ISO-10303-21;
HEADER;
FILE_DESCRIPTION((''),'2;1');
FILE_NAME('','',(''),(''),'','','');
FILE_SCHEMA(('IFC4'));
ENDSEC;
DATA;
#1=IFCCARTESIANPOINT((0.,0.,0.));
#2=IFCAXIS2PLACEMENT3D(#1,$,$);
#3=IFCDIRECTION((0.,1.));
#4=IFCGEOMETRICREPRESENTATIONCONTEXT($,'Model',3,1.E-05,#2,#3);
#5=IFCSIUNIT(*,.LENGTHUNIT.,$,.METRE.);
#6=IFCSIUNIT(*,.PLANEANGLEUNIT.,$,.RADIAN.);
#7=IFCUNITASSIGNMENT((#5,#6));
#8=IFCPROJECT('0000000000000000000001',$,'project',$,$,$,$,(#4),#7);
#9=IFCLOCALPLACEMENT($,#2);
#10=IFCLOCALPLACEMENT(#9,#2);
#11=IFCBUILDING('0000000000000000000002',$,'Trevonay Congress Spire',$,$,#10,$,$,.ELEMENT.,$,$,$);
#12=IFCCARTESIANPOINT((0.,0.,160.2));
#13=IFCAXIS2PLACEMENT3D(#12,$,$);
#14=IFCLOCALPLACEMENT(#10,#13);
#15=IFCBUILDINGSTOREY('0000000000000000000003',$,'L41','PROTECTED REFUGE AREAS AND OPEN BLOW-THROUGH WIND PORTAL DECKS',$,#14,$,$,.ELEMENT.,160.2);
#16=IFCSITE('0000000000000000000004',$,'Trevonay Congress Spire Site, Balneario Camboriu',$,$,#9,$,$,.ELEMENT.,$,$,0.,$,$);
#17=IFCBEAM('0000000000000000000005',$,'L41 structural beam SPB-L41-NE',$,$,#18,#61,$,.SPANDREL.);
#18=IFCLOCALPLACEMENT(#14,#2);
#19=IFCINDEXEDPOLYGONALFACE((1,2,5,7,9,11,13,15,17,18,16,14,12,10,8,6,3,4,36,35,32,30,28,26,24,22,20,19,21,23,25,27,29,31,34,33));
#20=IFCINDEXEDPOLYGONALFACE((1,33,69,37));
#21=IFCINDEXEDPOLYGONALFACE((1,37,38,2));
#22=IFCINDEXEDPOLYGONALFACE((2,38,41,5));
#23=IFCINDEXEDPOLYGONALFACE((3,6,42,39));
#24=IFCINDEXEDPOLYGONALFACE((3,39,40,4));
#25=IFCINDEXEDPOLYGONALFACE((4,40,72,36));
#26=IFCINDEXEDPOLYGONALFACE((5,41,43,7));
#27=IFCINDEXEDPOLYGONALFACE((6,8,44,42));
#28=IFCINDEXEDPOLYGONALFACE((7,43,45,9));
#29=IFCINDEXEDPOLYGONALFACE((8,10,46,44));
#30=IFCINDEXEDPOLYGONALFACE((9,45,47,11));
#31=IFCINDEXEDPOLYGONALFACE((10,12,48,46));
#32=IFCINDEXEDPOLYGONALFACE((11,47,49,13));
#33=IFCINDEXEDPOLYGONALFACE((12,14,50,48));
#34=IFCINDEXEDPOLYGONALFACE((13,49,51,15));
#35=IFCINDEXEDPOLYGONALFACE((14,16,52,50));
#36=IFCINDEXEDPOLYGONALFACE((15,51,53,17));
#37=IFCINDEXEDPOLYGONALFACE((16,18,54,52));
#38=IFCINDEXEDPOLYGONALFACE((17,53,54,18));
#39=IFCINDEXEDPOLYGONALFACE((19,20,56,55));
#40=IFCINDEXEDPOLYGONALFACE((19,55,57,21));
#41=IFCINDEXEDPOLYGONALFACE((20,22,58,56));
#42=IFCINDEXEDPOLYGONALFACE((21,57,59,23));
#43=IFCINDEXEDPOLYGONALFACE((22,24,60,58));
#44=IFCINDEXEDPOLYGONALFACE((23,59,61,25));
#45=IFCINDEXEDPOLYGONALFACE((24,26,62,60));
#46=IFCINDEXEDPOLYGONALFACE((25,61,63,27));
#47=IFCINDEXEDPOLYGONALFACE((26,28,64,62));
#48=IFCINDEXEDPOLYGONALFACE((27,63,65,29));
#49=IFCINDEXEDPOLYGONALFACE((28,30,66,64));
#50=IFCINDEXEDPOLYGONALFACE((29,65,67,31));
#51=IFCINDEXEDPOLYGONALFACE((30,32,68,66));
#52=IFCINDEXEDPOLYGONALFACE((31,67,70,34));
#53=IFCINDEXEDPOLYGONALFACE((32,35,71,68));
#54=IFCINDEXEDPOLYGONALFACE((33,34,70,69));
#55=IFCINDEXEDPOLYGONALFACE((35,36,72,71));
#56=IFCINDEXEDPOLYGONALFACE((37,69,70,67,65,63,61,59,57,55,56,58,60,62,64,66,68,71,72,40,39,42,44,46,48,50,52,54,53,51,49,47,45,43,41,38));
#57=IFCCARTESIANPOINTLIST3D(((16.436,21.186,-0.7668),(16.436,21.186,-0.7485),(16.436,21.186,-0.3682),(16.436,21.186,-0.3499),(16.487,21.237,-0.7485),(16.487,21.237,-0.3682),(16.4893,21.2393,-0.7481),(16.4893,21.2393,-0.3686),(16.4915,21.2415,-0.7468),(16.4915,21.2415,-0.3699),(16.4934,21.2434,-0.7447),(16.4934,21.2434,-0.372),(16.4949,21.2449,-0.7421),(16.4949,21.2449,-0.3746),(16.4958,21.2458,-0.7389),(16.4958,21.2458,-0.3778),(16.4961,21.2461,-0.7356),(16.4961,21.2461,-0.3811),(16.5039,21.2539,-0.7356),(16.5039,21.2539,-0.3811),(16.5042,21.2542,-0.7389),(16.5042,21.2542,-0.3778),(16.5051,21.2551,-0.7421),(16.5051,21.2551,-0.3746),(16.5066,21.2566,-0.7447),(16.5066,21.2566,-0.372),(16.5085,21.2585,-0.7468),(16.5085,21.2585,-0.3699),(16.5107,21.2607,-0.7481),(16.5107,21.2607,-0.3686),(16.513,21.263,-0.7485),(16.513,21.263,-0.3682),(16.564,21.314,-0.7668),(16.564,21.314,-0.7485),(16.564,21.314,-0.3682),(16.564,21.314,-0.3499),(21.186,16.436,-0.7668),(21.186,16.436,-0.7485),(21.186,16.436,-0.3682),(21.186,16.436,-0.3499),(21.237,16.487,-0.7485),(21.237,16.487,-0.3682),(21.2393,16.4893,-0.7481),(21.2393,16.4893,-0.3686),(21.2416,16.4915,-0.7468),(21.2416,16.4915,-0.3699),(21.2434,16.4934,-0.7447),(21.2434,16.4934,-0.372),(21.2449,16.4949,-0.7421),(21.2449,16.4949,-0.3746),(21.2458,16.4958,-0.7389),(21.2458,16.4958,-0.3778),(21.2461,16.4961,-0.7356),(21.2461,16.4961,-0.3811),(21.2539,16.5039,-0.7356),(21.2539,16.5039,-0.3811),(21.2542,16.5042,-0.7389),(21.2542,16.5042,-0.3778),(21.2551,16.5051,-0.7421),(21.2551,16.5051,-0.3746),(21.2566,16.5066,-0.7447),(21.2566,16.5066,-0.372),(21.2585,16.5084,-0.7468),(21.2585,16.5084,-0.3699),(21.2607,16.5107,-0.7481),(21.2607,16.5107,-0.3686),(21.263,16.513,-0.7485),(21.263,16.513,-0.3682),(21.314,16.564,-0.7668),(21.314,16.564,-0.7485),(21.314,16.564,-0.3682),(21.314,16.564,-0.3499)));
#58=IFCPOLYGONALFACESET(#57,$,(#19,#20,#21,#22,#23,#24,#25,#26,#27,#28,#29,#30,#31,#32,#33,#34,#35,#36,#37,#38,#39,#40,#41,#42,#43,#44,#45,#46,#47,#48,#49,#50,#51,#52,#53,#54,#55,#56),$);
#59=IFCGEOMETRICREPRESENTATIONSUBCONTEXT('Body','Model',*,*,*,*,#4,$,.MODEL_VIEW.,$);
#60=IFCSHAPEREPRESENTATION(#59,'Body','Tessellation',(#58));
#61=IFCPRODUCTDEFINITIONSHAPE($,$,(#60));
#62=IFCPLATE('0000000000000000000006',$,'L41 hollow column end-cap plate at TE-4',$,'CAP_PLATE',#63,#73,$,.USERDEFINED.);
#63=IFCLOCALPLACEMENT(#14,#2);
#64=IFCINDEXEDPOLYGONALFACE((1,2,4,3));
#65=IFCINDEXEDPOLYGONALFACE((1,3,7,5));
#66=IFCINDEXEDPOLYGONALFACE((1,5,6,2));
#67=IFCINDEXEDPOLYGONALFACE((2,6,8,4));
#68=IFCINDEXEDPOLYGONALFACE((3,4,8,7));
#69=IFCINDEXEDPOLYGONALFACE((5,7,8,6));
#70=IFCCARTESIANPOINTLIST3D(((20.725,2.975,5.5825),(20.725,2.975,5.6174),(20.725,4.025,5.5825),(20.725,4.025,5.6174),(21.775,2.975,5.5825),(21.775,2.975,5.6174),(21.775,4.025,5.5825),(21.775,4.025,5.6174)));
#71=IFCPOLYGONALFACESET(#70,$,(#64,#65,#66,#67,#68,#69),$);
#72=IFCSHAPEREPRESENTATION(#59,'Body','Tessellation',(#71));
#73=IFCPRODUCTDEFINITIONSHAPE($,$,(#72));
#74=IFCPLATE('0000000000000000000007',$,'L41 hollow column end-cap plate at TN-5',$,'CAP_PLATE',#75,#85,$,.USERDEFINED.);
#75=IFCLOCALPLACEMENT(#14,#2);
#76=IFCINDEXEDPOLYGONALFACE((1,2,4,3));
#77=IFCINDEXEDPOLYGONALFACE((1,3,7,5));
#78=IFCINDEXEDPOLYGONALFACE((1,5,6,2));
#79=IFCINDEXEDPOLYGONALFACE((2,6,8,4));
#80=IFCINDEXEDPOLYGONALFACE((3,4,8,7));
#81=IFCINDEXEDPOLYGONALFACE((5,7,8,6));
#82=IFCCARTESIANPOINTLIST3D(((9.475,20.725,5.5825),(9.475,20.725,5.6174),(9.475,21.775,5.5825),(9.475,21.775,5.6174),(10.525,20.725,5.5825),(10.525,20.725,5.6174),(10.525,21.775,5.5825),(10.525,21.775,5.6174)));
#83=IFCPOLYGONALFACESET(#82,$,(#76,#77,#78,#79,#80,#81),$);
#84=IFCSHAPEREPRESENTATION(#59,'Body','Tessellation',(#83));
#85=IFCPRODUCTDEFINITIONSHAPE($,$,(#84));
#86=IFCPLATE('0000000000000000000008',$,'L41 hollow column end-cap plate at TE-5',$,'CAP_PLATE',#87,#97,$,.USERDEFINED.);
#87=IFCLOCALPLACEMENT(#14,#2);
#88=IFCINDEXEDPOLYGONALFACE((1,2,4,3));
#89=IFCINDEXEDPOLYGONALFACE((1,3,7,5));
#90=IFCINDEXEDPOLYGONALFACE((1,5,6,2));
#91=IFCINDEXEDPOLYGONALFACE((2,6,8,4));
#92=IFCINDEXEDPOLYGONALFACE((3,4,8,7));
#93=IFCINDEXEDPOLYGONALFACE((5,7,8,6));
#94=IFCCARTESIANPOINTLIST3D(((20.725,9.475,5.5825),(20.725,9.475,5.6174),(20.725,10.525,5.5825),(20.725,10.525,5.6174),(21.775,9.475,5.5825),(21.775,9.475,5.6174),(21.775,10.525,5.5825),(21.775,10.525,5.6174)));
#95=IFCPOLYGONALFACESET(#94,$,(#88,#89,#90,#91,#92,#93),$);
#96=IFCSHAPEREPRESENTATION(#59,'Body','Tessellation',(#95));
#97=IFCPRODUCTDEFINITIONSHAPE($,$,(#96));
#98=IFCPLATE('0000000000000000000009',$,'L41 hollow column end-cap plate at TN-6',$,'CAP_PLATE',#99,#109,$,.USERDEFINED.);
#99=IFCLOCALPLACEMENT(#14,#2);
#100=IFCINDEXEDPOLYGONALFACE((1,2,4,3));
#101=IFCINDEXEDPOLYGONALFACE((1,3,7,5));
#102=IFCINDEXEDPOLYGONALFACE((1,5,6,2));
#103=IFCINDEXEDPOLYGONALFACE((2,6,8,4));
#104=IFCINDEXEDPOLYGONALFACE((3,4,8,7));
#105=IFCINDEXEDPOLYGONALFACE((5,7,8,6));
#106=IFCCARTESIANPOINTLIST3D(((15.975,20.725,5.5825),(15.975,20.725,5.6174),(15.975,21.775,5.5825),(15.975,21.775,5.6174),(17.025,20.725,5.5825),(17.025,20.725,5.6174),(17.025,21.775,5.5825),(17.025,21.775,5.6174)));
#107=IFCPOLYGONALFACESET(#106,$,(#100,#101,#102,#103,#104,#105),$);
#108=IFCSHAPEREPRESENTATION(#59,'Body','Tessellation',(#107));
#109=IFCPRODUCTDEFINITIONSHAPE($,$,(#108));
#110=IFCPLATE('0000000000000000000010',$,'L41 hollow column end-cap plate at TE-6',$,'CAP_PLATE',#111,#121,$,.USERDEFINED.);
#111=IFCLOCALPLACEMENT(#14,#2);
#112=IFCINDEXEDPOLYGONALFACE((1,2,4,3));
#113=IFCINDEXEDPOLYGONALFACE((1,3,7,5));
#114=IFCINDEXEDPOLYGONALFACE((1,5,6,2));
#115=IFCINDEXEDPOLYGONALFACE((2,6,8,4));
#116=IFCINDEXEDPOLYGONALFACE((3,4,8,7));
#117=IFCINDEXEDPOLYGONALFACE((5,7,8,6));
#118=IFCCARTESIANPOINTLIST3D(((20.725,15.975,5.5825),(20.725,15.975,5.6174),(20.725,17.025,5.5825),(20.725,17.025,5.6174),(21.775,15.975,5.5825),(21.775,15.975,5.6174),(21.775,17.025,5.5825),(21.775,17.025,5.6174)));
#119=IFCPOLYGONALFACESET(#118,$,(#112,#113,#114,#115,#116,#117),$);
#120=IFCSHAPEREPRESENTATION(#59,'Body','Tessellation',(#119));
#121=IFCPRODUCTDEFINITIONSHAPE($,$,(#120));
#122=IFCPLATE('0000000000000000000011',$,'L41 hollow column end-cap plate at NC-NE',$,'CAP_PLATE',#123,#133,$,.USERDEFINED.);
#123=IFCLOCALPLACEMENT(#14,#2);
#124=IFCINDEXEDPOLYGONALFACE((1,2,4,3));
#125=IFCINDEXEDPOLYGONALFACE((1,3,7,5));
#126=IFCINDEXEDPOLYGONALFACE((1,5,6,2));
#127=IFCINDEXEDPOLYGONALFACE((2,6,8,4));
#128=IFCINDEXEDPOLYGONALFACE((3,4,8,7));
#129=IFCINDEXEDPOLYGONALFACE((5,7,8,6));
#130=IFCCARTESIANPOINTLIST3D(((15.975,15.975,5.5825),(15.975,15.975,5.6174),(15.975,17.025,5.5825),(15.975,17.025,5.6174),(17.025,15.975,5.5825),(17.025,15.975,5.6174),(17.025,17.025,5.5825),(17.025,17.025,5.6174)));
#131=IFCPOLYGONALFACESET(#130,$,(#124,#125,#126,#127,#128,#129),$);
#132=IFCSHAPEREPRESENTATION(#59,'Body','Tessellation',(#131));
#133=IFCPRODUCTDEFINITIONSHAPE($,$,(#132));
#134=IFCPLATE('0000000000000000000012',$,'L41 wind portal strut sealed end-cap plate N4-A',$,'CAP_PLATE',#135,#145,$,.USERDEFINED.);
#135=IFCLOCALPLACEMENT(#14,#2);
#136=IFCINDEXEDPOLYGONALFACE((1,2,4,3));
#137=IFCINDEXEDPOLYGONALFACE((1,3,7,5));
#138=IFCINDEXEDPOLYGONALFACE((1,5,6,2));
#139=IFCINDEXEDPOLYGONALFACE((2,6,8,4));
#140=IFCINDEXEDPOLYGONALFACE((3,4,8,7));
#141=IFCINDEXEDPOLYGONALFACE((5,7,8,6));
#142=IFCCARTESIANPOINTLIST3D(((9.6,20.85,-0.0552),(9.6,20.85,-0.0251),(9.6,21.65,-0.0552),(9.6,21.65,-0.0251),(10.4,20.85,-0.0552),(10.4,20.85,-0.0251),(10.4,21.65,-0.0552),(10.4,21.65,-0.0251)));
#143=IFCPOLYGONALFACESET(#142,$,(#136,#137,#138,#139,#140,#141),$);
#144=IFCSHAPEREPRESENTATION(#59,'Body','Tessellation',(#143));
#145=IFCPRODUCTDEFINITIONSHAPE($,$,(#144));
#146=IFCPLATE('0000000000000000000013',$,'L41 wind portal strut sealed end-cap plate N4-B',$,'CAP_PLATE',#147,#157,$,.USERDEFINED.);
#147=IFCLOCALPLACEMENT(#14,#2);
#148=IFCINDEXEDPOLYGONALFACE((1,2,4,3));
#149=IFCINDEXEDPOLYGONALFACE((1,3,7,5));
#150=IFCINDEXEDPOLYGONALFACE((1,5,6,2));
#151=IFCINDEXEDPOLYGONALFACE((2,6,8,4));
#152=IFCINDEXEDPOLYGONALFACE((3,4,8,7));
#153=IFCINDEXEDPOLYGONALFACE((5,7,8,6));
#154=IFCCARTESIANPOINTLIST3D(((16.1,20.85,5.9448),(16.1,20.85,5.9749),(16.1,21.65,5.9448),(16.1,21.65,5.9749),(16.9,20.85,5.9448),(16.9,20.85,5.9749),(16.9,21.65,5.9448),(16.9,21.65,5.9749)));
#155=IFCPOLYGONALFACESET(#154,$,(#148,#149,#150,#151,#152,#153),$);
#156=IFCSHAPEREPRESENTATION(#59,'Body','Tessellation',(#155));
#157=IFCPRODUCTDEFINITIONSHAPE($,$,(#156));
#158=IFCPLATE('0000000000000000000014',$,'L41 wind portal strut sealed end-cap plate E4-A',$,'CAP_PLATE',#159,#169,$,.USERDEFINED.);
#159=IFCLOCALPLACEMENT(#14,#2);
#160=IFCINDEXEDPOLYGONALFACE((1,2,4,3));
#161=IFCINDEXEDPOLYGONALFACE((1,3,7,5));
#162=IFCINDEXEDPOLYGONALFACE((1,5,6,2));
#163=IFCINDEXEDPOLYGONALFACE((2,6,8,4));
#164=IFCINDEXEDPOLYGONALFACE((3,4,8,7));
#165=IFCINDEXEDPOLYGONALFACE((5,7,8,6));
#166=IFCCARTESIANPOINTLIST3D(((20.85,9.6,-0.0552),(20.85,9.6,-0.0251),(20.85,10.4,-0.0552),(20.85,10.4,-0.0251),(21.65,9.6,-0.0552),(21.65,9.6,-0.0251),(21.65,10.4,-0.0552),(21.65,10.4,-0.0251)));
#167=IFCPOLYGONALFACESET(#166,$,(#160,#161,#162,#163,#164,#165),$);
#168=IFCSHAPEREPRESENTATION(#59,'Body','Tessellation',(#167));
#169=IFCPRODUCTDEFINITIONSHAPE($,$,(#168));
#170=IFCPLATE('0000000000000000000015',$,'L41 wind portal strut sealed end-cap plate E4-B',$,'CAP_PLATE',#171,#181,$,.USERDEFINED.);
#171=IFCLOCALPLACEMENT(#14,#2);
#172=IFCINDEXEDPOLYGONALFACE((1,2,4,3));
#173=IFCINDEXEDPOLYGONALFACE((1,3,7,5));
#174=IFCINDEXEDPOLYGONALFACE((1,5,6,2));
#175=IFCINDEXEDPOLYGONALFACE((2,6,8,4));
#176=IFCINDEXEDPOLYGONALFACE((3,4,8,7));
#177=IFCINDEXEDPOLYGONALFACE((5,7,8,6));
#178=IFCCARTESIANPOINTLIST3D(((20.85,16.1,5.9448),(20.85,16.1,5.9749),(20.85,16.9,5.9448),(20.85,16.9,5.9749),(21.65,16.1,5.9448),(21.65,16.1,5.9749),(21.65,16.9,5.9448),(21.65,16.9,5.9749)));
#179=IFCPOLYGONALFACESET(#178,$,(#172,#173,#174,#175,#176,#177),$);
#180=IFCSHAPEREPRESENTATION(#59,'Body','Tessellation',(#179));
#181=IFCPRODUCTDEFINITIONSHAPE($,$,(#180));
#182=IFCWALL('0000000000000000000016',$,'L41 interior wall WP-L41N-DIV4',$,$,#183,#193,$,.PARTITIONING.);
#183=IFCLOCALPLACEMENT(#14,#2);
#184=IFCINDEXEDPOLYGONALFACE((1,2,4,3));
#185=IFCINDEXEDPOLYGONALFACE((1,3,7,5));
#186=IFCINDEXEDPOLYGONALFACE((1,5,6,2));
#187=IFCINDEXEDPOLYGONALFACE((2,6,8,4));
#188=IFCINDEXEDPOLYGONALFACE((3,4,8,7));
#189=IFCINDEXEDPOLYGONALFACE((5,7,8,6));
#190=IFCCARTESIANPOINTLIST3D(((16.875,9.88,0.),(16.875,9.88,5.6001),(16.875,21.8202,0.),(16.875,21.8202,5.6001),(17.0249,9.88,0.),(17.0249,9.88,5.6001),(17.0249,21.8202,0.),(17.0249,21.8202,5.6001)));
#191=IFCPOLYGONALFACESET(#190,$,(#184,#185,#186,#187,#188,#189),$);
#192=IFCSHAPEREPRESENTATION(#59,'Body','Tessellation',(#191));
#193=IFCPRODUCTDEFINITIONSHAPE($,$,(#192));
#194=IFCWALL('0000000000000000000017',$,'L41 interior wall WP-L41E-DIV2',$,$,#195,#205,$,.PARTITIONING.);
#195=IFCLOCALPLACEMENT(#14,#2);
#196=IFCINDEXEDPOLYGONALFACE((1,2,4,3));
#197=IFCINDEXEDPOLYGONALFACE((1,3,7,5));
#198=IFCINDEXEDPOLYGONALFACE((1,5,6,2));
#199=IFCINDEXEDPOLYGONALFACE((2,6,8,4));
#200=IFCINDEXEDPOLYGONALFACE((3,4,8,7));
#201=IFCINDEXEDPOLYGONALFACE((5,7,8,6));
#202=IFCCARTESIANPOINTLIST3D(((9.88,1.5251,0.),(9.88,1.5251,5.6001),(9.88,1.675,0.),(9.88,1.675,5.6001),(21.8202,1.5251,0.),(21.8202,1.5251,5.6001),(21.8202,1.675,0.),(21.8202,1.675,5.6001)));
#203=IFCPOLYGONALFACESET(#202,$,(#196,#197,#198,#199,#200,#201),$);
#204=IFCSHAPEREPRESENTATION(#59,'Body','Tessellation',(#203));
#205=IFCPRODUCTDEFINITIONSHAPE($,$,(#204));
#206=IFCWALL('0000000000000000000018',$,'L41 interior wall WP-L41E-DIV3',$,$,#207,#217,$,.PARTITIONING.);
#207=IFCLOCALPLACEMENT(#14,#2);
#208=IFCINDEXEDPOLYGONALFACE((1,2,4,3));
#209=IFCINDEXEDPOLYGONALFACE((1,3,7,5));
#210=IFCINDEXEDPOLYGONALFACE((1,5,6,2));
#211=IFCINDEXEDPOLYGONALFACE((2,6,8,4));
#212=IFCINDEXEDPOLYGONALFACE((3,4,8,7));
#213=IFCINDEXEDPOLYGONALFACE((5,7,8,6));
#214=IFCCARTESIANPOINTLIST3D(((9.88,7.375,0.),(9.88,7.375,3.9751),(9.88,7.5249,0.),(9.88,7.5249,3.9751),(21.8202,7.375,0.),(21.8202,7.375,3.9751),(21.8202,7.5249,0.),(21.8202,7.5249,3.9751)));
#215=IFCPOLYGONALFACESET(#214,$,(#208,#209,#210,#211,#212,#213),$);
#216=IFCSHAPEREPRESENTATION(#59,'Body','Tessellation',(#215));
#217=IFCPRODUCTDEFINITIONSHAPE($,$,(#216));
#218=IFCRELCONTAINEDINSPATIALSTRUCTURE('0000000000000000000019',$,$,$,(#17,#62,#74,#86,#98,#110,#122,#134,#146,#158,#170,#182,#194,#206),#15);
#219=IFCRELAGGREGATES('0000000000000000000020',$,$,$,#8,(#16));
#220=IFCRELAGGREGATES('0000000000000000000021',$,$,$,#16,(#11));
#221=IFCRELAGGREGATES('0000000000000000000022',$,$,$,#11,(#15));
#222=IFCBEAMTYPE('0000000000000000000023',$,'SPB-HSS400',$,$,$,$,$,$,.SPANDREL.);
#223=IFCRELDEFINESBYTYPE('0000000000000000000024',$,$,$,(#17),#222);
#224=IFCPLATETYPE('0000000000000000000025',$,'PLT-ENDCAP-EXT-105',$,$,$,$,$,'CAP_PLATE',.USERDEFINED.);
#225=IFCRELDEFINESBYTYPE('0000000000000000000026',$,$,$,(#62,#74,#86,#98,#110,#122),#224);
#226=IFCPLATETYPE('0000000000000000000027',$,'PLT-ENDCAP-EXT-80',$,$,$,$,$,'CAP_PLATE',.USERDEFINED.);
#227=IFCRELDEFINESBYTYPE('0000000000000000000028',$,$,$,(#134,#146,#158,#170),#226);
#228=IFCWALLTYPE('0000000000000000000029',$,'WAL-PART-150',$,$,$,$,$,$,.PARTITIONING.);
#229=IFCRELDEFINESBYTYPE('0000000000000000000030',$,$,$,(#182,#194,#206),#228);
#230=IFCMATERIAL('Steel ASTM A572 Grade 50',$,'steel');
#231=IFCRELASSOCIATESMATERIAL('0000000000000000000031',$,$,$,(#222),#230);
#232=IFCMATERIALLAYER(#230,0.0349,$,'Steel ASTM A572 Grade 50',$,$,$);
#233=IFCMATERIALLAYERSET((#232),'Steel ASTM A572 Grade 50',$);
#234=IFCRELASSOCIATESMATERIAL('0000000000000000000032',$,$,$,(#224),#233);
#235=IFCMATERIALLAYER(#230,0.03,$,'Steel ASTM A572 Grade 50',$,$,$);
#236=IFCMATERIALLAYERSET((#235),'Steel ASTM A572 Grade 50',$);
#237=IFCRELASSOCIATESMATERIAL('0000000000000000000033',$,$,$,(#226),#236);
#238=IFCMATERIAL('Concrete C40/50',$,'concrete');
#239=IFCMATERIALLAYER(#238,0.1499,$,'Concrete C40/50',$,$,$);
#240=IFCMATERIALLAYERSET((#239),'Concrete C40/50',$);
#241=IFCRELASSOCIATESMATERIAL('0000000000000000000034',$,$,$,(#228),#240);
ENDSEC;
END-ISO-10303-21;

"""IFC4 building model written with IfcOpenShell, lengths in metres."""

from ifc_helpers import new_model, si_unit, direction, frame, frame_2d, origin, origin_2d, place, context, subcontext, project, spatial, rectangle, i_section, extrude, material, layer, layer_set, material_profile, profile_set, type_object, element, save


model = new_model("IFC4")

# Units and contexts
model_context = context("Model", 3, precision=1e-05, world=origin(), true_north=direction((0.0, 1.0)))
body_context = subcontext(model_context, "Body", "Model", "MODEL_VIEW")
ifc_project = project(units=[si_unit("LENGTHUNIT", "METRE"), si_unit("PLANEANGLEUNIT", "RADIAN")], contexts=[model_context])

# Site, building, storey
site_placement = place(None, origin())
site = spatial("IfcSite", under=ifc_project, at=site_placement, Name="Trevonay Congress Spire Site, Balneario Camboriu", CompositionType="ELEMENT", RefElevation=0.0)
building_placement = place(site_placement, origin())
building = spatial("IfcBuilding", under=site, at=building_placement, Name="Trevonay Congress Spire", CompositionType="ELEMENT")
storey_placement = place(building_placement, frame((0.0, 0.0, 160.2)))
storey = spatial("IfcBuildingStorey", under=building, at=storey_placement, Name="L41", Description="PROTECTED REFUGE AREAS AND OPEN BLOW-THROUGH WIND PORTAL DECKS", CompositionType="ELEMENT", Elevation=160.2)

# Shared definitions
ifc_material_1 = material(Name="Steel ASTM A572 Grade 50", Category="steel")

# Beam
ifc_material_profile_1 = material_profile(ifc_material_1, i_section(OverallWidth=0.1809, OverallDepth=0.417, WebThickness=0.011, FlangeThickness=0.0183, FilletRadius=0.0129, at=origin_2d()), Name="W410x85")
ifc_profile_set_1 = profile_set([ifc_material_profile_1], Name="Steel ASTM A572 Grade 50")
beam_type_1 = type_object("IfcBeamType", Name="SPB-HSS400", PredefinedType="SPANDREL", material=ifc_profile_set_1)
beam_placement = place(storey_placement, frame((16.5, 21.25, -0.5583), z_axis=(0.707107, -0.707107, 0.0), x_axis=(0.707107, 0.707107, 0.0)))
element("IfcBeam", 1, at=beam_placement, inside=storey, type_object=beam_type_1, Name="L41 structural beam SPB-L41-NE", PredefinedType="SPANDREL", context=body_context, shape_type="SweptSolid", body=[
    extrude(i_section(OverallWidth=0.1809, OverallDepth=0.417, WebThickness=0.011, FlangeThickness=0.0183, FilletRadius=0.0129, at=origin_2d()), origin(), (0.0, 0.0, 1.0), 6.7175),
])

# Plates
ifc_layer_1 = layer(ifc_material_1, 0.0349, Name="Steel ASTM A572 Grade 50")
ifc_layer_set_1 = layer_set([ifc_layer_1], Name="Steel ASTM A572 Grade 50")
plate_type_1 = type_object("IfcPlateType", Name="PLT-ENDCAP-EXT-105", ElementType="CAP_PLATE", PredefinedType="USERDEFINED", material=ifc_layer_set_1)
for number, where, z_axis, x_axis, name in (
    (2, (21.25, 3.5, 5.5825), (0.0, 0.0, 1.0), (1.0, 0.0, 0.0), "L41 hollow column end-cap plate at TE-4"),
    (3, (10.0, 21.25, 5.5825), (0.0, 0.0, 1.0), (1.0, 0.0, 0.0), "L41 hollow column end-cap plate at TN-5"),
    (4, (21.25, 10.0, 5.5825), (0.0, 0.0, 1.0), (1.0, 0.0, 0.0), "L41 hollow column end-cap plate at TE-5"),
    (5, (16.5, 21.25, 5.5825), (0.0, 0.0, 1.0), (1.0, 0.0, 0.0), "L41 hollow column end-cap plate at TN-6"),
    (6, (21.25, 16.5, 5.5825), (0.0, 0.0, 1.0), (1.0, 0.0, 0.0), "L41 hollow column end-cap plate at TE-6"),
    (7, (16.5, 16.5, 5.5825), (0.0, 0.0, 1.0), (1.0, 0.0, 0.0), "L41 hollow column end-cap plate at NC-NE"),
):
    element("IfcPlate", number, at=place(storey_placement, frame(where, z_axis=z_axis, x_axis=x_axis)), inside=storey, type_object=plate_type_1, Name=name, ObjectType="CAP_PLATE", PredefinedType="USERDEFINED", context=body_context, shape_type="SweptSolid", body=[
        extrude(rectangle(XDim=1.05, YDim=1.05, at=origin_2d()), origin(), (0.0, 0.0, 1.0), 0.0349),
    ])
ifc_layer_2 = layer(ifc_material_1, 0.03, Name="Steel ASTM A572 Grade 50")
ifc_layer_set_2 = layer_set([ifc_layer_2], Name="Steel ASTM A572 Grade 50")
plate_type_2 = type_object("IfcPlateType", Name="PLT-ENDCAP-EXT-80", ElementType="CAP_PLATE", PredefinedType="USERDEFINED", material=ifc_layer_set_2)
for number, where, z_axis, x_axis, name in (
    (8, (10.0, 21.25, -0.0552), (0.0, 0.0, 1.0), (1.0, 0.0, 0.0), "L41 wind portal strut sealed end-cap plate N4-A"),
    (9, (16.5, 21.25, 5.9448), (0.0, 0.0, 1.0), (1.0, 0.0, 0.0), "L41 wind portal strut sealed end-cap plate N4-B"),
    (10, (21.25, 10.0, -0.0552), (0.0, 0.0, 1.0), (1.0, 0.0, 0.0), "L41 wind portal strut sealed end-cap plate E4-A"),
    (11, (21.25, 16.5, 5.9448), (0.0, 0.0, 1.0), (1.0, 0.0, 0.0), "L41 wind portal strut sealed end-cap plate E4-B"),
):
    element("IfcPlate", number, at=place(storey_placement, frame(where, z_axis=z_axis, x_axis=x_axis)), inside=storey, type_object=plate_type_2, Name=name, ObjectType="CAP_PLATE", PredefinedType="USERDEFINED", context=body_context, shape_type="SweptSolid", body=[
        extrude(rectangle(XDim=0.8, YDim=0.8, at=origin_2d()), origin(), (0.0, 0.0, 1.0), 0.03),
    ])

# Walls
ifc_material_2 = material(Name="Concrete C40/50", Category="concrete")
ifc_layer_3 = layer(ifc_material_2, 0.1499, Name="Concrete C40/50")
ifc_layer_set_3 = layer_set([ifc_layer_3], Name="Concrete C40/50")
wall_type = type_object("IfcWallType", Name="WAL-PART-150", PredefinedType="PARTITIONING", material=ifc_layer_set_3)
for number, where, z_axis, x_axis, name in (
    (12, (16.95, 9.8799, 0.0), (0.0, 0.0, 1.0), (0.0, 1.0, 0.0), "L41 interior wall WP-L41N-DIV4"),
    (13, (9.8799, 1.6001, 0.0), (0.0, 0.0, 1.0), (1.0, 0.0, 0.0), "L41 interior wall WP-L41E-DIV2"),
):
    element("IfcWall", number, at=place(storey_placement, frame(where, z_axis=z_axis, x_axis=x_axis)), inside=storey, type_object=wall_type, Name=name, PredefinedType="PARTITIONING", context=body_context, shape_type="SweptSolid", body=[
        extrude(rectangle(XDim=11.9402, YDim=0.1499, at=frame_2d((5.9702, 0.0))), origin(), (0.0, 0.0, 1.0), 5.6001),
    ])
wall_placement = place(storey_placement, frame((9.8799, 7.45, 0.0), z_axis=(0.0, 0.0, 1.0), x_axis=(1.0, 0.0, 0.0)))
element("IfcWall", 14, at=wall_placement, inside=storey, type_object=wall_type, Name="L41 interior wall WP-L41E-DIV3", PredefinedType="PARTITIONING", context=body_context, shape_type="SweptSolid", body=[
    extrude(rectangle(XDim=11.9402, YDim=0.1499, at=frame_2d((5.9702, 0.0))), origin(), (0.0, 0.0, 1.0), 3.9751),
])

save(model, "model.ifc")
